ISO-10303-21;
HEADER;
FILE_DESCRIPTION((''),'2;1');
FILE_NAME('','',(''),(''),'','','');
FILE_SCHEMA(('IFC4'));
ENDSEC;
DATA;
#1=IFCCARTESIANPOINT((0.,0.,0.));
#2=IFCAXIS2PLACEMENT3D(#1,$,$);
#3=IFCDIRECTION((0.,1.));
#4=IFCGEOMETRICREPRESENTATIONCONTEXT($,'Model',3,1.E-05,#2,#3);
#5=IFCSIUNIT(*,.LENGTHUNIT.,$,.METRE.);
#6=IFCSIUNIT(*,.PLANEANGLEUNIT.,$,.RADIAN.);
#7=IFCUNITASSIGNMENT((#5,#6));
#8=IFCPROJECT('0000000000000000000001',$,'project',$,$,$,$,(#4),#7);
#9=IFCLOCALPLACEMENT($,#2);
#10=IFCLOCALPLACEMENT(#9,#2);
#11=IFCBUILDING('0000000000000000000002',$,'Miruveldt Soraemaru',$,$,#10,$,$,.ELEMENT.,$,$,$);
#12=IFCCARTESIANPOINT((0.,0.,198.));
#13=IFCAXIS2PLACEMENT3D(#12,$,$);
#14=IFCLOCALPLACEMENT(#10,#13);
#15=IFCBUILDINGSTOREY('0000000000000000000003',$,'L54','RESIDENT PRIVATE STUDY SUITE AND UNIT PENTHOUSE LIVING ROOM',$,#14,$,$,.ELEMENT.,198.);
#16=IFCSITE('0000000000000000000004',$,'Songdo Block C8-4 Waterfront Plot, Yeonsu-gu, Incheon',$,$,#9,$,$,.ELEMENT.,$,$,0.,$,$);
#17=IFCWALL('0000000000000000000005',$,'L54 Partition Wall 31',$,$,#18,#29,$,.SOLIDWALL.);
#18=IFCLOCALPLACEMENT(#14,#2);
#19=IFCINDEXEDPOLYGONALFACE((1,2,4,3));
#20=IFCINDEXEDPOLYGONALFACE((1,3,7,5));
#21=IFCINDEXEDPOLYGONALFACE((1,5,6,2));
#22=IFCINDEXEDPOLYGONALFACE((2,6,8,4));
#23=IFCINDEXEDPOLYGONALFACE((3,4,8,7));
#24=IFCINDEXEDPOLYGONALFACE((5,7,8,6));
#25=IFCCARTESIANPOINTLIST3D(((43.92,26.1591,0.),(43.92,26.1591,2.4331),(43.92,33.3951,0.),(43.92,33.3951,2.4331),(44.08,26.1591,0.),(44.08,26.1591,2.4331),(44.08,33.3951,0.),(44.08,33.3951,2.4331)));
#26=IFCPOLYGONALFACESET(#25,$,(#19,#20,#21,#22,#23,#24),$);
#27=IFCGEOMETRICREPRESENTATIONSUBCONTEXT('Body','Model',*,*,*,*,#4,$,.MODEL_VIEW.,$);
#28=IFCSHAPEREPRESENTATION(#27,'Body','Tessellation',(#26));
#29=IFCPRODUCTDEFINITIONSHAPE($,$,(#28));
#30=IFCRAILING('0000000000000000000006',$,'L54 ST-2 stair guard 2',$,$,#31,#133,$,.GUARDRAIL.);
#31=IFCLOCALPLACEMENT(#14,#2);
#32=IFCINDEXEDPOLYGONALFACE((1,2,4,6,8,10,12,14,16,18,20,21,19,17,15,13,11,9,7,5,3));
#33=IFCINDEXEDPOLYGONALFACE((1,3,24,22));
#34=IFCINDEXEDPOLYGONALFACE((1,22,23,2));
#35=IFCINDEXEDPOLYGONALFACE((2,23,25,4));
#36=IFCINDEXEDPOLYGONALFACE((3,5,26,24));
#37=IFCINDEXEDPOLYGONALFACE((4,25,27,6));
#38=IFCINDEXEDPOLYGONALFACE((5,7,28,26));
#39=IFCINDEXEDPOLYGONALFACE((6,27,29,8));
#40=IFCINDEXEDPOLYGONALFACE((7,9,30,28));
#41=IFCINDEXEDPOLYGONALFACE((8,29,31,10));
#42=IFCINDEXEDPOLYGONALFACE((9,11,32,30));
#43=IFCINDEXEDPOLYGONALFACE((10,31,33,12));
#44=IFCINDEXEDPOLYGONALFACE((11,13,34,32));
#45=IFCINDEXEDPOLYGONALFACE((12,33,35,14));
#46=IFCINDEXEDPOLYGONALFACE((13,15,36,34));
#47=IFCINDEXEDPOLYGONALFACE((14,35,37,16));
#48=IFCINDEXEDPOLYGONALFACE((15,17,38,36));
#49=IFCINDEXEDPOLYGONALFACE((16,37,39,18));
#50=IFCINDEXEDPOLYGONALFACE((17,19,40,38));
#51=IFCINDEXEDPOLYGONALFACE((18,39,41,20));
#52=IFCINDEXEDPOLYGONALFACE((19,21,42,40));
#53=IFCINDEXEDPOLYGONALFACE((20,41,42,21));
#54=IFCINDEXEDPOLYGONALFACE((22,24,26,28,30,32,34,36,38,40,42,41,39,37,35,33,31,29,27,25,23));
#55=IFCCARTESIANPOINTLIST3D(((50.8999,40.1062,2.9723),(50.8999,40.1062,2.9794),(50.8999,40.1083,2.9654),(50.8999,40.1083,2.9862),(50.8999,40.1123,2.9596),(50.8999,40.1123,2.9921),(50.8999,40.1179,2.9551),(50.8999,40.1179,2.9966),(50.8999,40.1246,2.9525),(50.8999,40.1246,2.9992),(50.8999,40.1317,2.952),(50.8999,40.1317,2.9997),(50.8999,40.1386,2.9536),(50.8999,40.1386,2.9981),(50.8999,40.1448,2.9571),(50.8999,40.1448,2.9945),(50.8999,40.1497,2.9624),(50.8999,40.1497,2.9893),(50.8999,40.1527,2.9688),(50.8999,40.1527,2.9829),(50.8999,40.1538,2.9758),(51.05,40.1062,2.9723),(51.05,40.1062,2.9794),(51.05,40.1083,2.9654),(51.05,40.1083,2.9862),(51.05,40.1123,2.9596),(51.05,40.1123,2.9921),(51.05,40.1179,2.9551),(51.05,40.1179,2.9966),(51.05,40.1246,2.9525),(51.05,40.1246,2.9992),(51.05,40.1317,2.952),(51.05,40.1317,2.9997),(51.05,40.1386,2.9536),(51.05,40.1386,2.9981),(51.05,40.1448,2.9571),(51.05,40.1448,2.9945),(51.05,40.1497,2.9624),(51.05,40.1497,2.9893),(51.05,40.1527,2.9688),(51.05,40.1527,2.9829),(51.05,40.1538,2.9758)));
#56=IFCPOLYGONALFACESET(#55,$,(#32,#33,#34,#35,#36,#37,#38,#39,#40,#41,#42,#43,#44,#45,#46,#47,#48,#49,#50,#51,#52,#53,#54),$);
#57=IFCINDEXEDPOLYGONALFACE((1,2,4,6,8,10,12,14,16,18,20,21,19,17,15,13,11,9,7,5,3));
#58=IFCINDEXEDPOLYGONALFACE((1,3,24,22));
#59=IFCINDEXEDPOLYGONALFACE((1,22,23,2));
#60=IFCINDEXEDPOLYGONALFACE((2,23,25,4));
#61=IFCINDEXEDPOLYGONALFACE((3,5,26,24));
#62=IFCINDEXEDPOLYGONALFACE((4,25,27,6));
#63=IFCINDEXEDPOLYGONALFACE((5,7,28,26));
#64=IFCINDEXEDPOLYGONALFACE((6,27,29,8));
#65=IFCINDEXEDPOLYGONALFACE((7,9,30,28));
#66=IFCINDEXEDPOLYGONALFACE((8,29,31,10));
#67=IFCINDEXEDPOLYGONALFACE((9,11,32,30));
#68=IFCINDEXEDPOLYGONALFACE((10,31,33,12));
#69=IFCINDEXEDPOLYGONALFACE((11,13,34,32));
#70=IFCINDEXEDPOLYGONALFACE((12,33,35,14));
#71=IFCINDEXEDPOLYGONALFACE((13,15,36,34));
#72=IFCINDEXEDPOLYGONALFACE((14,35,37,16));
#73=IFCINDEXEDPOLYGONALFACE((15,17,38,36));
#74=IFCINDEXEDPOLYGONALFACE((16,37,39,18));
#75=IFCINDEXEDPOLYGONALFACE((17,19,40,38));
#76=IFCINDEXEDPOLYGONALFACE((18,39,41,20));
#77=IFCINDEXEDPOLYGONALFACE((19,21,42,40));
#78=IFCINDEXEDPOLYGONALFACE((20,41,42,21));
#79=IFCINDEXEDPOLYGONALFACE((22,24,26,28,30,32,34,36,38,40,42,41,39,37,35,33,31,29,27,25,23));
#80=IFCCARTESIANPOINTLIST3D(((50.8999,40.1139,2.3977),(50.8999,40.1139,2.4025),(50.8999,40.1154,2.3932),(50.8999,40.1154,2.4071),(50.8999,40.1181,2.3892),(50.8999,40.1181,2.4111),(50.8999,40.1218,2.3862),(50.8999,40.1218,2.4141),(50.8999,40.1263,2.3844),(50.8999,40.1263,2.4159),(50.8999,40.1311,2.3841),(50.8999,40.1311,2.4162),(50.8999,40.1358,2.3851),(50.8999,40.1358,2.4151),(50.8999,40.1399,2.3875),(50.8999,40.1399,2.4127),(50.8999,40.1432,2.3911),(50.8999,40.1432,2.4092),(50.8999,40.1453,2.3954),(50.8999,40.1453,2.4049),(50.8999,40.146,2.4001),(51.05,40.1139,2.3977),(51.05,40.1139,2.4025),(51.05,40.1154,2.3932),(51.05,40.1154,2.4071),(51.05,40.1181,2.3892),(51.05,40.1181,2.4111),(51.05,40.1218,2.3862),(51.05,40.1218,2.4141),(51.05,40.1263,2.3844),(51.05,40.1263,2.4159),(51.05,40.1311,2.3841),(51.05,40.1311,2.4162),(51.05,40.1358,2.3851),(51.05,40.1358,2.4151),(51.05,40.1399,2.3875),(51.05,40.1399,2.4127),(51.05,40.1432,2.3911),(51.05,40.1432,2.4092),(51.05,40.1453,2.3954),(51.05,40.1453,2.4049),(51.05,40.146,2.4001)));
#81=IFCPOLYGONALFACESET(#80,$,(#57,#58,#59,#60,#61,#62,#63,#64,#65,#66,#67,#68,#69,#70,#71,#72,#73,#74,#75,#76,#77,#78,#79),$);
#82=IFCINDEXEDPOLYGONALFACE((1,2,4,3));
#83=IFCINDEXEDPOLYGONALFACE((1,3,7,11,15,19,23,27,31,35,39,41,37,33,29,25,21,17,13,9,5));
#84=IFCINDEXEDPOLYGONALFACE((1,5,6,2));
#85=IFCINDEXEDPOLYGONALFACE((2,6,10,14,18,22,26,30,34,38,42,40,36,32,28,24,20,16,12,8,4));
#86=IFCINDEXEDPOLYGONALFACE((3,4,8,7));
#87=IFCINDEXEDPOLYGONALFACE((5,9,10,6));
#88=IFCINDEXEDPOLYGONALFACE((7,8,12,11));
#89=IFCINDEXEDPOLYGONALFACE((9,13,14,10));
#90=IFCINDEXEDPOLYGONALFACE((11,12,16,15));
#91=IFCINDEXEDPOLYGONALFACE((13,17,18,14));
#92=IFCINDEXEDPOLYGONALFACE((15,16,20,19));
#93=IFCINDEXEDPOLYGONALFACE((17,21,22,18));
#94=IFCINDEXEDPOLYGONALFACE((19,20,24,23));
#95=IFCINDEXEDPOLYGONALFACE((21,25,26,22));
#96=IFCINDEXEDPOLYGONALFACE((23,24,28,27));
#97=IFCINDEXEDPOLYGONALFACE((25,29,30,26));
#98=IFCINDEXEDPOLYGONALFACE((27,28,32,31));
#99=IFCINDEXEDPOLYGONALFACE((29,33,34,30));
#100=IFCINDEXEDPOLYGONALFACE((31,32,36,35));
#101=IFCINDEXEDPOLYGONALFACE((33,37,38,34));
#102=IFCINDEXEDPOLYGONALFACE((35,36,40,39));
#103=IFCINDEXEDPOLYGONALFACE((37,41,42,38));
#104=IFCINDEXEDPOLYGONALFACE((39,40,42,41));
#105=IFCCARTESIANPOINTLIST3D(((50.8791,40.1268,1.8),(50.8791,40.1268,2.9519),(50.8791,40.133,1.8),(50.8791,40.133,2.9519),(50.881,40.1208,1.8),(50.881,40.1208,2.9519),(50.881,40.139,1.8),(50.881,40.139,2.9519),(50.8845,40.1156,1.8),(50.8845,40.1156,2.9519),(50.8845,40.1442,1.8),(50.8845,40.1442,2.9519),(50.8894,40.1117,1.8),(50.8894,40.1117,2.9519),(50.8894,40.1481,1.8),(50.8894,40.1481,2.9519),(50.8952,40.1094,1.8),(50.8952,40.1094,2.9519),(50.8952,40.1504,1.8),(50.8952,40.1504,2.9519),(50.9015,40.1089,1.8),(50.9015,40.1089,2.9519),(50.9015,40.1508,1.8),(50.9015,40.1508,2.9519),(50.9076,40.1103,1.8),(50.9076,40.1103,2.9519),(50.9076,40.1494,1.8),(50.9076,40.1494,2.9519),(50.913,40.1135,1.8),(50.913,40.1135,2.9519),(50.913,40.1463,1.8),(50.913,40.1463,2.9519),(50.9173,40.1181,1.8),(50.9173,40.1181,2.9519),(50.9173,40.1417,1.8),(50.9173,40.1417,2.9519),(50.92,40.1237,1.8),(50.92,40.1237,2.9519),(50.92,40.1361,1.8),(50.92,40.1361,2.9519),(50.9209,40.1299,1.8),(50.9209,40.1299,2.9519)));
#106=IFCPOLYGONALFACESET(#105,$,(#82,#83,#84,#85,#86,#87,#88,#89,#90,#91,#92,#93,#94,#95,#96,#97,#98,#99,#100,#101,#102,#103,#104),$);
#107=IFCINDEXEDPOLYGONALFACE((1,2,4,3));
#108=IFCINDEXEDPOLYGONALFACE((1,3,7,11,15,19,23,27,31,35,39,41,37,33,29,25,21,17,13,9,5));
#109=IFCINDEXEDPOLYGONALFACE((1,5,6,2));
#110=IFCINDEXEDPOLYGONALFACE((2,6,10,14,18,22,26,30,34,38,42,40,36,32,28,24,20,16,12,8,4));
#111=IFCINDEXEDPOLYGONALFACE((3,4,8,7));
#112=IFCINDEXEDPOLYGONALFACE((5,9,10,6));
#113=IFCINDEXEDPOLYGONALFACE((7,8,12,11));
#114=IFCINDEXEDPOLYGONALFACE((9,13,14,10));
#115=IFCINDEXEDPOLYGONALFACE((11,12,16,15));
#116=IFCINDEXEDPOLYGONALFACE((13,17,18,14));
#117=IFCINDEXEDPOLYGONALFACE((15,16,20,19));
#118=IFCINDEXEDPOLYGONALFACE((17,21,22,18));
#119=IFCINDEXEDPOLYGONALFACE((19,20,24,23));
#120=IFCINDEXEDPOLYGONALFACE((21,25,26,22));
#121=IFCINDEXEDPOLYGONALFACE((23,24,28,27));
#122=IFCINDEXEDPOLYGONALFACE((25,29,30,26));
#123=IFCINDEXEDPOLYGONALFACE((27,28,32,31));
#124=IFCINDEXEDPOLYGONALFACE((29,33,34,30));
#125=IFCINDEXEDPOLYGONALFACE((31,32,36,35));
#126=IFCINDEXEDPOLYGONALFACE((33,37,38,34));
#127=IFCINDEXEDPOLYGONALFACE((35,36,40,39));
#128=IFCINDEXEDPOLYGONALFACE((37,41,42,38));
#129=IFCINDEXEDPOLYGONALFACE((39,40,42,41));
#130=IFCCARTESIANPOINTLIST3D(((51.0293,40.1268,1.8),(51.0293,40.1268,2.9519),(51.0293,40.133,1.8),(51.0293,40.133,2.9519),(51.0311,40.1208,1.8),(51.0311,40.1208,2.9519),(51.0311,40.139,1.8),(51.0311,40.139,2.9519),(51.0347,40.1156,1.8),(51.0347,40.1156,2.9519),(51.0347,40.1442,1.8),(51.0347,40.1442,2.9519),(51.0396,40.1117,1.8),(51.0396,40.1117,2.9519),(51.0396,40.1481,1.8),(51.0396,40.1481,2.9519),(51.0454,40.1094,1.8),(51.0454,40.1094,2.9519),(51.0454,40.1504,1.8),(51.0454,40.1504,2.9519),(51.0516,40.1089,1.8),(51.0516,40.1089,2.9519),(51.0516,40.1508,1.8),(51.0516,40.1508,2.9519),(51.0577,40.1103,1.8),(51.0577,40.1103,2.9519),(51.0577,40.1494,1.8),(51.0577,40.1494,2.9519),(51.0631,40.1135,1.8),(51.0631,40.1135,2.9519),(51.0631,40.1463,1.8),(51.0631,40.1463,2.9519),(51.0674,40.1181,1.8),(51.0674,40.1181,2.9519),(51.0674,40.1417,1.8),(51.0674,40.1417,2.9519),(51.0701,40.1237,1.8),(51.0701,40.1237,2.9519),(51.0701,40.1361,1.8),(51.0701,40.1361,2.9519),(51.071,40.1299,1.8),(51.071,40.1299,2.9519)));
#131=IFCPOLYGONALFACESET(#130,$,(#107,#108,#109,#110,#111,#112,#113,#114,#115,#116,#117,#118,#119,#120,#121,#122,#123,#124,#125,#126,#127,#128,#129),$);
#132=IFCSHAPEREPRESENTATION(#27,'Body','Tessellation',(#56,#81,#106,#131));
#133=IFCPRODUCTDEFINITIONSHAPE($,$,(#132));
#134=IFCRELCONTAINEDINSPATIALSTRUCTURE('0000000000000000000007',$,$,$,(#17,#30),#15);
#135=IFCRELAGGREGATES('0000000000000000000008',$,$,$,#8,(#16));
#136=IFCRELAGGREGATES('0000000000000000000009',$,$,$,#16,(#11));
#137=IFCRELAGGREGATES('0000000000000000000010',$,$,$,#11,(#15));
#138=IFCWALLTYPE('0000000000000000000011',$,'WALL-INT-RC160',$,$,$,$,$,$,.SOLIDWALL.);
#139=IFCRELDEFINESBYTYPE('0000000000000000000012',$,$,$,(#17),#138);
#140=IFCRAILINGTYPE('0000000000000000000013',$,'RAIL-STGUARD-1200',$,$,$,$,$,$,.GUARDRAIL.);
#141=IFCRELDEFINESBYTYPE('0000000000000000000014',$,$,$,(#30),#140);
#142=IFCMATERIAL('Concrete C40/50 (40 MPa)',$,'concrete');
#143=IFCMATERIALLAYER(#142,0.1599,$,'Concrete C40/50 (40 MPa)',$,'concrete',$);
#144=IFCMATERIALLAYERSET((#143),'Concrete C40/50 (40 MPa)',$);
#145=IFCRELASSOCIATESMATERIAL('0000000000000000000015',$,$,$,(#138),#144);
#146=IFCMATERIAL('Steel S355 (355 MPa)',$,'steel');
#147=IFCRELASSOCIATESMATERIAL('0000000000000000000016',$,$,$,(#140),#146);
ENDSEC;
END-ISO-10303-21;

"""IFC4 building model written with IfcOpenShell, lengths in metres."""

from ifc_helpers import new_model, si_unit, direction, frame, frame_2d, origin, origin_2d, place, context, subcontext, project, spatial, rectangle, circle, extrude, material, layer, layer_set, type_object, element, save


model = new_model("IFC4")

# Units and contexts
model_context = context("Model", 3, precision=1e-05, world=origin(), true_north=direction((0.0, 1.0)))
body_context = subcontext(model_context, "Body", "Model", "MODEL_VIEW")
ifc_project = project(units=[si_unit("LENGTHUNIT", "METRE"), si_unit("PLANEANGLEUNIT", "RADIAN")], contexts=[model_context])

# Site, building, storey
site_placement = place(None, origin())
site = spatial("IfcSite", under=ifc_project, at=site_placement, Name="Songdo Block C8-4 Waterfront Plot, Yeonsu-gu, Incheon", CompositionType="ELEMENT", RefElevation=0.0)
building_placement = place(site_placement, origin())
building = spatial("IfcBuilding", under=site, at=building_placement, Name="Miruveldt Soraemaru", CompositionType="ELEMENT")
storey_placement = place(building_placement, frame((0.0, 0.0, 198.0)))
storey = spatial("IfcBuildingStorey", under=building, at=storey_placement, Name="L54", Description="RESIDENT PRIVATE STUDY SUITE AND UNIT PENTHOUSE LIVING ROOM", CompositionType="ELEMENT", Elevation=198.0)

# Shared definitions
ifc_material_1 = material(Name="Concrete C40/50 (40 MPa)", Category="concrete")
ifc_layer_1 = layer(ifc_material_1, 0.1599, Name="Concrete C40/50 (40 MPa)", Category="concrete")
ifc_layer_set_1 = layer_set([ifc_layer_1], Name="Concrete C40/50 (40 MPa)")
wall_type_1 = type_object("IfcWallType", Name="WALL-INT-RC160", PredefinedType="SOLIDWALL", material=ifc_layer_set_1)

# Wall
wall_1_placement = place(storey_placement, frame((44.0, 26.1589, 0.0), z_axis=(0.0, 0.0, 1.0), x_axis=(0.0, 1.0, 0.0)))
element("IfcWall", 1, at=wall_1_placement, inside=storey, type_object=wall_type_1, Name="L54 Partition Wall 31", PredefinedType="SOLIDWALL", context=body_context, shape_type="SweptSolid", body=[
    extrude(rectangle(XDim=7.2361, YDim=0.1599, at=frame_2d((3.6182, 0.0))), origin(), (0.0, 0.0, 1.0), 2.4331),
])

# Railing
ifc_material_2 = material(Name="Steel S355 (355 MPa)", Category="steel")
railing_type = type_object("IfcRailingType", Name="RAIL-STGUARD-1200", PredefinedType="GUARDRAIL", material=ifc_material_2)
railing_1_placement = place(storey_placement, frame((50.8999, 40.1299, 1.8)))
element("IfcRailing", 2, at=railing_1_placement, inside=storey, type_object=railing_type, Name="L54 ST-2 stair guard 2", PredefinedType="GUARDRAIL", context=body_context, shape_type="SweptSolid", body=[
    extrude(circle(Radius=0.0239, at=origin_2d()), frame((0.0, 0.0, 1.1758), z_axis=(1.0, 0.0, 0.0), x_axis=(0.0, 1.0, 0.0)), (0.0, 0.0, 1.0), 0.1501),
    extrude(circle(Radius=0.0161, at=origin_2d()), frame((0.0, 0.0, 0.6001), z_axis=(1.0, 0.0, 0.0), x_axis=(0.0, 1.0, 0.0)), (0.0, 0.0, 1.0), 0.1501),
    extrude(circle(Radius=0.021, at=origin_2d()), origin(), (0.0, 0.0, 1.0), 1.1519),
    extrude(circle(Radius=0.021, at=origin_2d()), frame((0.1501, 0.0, 0.0)), (0.0, 0.0, 1.0), 1.1519),
])

save(model, "model.ifc")
